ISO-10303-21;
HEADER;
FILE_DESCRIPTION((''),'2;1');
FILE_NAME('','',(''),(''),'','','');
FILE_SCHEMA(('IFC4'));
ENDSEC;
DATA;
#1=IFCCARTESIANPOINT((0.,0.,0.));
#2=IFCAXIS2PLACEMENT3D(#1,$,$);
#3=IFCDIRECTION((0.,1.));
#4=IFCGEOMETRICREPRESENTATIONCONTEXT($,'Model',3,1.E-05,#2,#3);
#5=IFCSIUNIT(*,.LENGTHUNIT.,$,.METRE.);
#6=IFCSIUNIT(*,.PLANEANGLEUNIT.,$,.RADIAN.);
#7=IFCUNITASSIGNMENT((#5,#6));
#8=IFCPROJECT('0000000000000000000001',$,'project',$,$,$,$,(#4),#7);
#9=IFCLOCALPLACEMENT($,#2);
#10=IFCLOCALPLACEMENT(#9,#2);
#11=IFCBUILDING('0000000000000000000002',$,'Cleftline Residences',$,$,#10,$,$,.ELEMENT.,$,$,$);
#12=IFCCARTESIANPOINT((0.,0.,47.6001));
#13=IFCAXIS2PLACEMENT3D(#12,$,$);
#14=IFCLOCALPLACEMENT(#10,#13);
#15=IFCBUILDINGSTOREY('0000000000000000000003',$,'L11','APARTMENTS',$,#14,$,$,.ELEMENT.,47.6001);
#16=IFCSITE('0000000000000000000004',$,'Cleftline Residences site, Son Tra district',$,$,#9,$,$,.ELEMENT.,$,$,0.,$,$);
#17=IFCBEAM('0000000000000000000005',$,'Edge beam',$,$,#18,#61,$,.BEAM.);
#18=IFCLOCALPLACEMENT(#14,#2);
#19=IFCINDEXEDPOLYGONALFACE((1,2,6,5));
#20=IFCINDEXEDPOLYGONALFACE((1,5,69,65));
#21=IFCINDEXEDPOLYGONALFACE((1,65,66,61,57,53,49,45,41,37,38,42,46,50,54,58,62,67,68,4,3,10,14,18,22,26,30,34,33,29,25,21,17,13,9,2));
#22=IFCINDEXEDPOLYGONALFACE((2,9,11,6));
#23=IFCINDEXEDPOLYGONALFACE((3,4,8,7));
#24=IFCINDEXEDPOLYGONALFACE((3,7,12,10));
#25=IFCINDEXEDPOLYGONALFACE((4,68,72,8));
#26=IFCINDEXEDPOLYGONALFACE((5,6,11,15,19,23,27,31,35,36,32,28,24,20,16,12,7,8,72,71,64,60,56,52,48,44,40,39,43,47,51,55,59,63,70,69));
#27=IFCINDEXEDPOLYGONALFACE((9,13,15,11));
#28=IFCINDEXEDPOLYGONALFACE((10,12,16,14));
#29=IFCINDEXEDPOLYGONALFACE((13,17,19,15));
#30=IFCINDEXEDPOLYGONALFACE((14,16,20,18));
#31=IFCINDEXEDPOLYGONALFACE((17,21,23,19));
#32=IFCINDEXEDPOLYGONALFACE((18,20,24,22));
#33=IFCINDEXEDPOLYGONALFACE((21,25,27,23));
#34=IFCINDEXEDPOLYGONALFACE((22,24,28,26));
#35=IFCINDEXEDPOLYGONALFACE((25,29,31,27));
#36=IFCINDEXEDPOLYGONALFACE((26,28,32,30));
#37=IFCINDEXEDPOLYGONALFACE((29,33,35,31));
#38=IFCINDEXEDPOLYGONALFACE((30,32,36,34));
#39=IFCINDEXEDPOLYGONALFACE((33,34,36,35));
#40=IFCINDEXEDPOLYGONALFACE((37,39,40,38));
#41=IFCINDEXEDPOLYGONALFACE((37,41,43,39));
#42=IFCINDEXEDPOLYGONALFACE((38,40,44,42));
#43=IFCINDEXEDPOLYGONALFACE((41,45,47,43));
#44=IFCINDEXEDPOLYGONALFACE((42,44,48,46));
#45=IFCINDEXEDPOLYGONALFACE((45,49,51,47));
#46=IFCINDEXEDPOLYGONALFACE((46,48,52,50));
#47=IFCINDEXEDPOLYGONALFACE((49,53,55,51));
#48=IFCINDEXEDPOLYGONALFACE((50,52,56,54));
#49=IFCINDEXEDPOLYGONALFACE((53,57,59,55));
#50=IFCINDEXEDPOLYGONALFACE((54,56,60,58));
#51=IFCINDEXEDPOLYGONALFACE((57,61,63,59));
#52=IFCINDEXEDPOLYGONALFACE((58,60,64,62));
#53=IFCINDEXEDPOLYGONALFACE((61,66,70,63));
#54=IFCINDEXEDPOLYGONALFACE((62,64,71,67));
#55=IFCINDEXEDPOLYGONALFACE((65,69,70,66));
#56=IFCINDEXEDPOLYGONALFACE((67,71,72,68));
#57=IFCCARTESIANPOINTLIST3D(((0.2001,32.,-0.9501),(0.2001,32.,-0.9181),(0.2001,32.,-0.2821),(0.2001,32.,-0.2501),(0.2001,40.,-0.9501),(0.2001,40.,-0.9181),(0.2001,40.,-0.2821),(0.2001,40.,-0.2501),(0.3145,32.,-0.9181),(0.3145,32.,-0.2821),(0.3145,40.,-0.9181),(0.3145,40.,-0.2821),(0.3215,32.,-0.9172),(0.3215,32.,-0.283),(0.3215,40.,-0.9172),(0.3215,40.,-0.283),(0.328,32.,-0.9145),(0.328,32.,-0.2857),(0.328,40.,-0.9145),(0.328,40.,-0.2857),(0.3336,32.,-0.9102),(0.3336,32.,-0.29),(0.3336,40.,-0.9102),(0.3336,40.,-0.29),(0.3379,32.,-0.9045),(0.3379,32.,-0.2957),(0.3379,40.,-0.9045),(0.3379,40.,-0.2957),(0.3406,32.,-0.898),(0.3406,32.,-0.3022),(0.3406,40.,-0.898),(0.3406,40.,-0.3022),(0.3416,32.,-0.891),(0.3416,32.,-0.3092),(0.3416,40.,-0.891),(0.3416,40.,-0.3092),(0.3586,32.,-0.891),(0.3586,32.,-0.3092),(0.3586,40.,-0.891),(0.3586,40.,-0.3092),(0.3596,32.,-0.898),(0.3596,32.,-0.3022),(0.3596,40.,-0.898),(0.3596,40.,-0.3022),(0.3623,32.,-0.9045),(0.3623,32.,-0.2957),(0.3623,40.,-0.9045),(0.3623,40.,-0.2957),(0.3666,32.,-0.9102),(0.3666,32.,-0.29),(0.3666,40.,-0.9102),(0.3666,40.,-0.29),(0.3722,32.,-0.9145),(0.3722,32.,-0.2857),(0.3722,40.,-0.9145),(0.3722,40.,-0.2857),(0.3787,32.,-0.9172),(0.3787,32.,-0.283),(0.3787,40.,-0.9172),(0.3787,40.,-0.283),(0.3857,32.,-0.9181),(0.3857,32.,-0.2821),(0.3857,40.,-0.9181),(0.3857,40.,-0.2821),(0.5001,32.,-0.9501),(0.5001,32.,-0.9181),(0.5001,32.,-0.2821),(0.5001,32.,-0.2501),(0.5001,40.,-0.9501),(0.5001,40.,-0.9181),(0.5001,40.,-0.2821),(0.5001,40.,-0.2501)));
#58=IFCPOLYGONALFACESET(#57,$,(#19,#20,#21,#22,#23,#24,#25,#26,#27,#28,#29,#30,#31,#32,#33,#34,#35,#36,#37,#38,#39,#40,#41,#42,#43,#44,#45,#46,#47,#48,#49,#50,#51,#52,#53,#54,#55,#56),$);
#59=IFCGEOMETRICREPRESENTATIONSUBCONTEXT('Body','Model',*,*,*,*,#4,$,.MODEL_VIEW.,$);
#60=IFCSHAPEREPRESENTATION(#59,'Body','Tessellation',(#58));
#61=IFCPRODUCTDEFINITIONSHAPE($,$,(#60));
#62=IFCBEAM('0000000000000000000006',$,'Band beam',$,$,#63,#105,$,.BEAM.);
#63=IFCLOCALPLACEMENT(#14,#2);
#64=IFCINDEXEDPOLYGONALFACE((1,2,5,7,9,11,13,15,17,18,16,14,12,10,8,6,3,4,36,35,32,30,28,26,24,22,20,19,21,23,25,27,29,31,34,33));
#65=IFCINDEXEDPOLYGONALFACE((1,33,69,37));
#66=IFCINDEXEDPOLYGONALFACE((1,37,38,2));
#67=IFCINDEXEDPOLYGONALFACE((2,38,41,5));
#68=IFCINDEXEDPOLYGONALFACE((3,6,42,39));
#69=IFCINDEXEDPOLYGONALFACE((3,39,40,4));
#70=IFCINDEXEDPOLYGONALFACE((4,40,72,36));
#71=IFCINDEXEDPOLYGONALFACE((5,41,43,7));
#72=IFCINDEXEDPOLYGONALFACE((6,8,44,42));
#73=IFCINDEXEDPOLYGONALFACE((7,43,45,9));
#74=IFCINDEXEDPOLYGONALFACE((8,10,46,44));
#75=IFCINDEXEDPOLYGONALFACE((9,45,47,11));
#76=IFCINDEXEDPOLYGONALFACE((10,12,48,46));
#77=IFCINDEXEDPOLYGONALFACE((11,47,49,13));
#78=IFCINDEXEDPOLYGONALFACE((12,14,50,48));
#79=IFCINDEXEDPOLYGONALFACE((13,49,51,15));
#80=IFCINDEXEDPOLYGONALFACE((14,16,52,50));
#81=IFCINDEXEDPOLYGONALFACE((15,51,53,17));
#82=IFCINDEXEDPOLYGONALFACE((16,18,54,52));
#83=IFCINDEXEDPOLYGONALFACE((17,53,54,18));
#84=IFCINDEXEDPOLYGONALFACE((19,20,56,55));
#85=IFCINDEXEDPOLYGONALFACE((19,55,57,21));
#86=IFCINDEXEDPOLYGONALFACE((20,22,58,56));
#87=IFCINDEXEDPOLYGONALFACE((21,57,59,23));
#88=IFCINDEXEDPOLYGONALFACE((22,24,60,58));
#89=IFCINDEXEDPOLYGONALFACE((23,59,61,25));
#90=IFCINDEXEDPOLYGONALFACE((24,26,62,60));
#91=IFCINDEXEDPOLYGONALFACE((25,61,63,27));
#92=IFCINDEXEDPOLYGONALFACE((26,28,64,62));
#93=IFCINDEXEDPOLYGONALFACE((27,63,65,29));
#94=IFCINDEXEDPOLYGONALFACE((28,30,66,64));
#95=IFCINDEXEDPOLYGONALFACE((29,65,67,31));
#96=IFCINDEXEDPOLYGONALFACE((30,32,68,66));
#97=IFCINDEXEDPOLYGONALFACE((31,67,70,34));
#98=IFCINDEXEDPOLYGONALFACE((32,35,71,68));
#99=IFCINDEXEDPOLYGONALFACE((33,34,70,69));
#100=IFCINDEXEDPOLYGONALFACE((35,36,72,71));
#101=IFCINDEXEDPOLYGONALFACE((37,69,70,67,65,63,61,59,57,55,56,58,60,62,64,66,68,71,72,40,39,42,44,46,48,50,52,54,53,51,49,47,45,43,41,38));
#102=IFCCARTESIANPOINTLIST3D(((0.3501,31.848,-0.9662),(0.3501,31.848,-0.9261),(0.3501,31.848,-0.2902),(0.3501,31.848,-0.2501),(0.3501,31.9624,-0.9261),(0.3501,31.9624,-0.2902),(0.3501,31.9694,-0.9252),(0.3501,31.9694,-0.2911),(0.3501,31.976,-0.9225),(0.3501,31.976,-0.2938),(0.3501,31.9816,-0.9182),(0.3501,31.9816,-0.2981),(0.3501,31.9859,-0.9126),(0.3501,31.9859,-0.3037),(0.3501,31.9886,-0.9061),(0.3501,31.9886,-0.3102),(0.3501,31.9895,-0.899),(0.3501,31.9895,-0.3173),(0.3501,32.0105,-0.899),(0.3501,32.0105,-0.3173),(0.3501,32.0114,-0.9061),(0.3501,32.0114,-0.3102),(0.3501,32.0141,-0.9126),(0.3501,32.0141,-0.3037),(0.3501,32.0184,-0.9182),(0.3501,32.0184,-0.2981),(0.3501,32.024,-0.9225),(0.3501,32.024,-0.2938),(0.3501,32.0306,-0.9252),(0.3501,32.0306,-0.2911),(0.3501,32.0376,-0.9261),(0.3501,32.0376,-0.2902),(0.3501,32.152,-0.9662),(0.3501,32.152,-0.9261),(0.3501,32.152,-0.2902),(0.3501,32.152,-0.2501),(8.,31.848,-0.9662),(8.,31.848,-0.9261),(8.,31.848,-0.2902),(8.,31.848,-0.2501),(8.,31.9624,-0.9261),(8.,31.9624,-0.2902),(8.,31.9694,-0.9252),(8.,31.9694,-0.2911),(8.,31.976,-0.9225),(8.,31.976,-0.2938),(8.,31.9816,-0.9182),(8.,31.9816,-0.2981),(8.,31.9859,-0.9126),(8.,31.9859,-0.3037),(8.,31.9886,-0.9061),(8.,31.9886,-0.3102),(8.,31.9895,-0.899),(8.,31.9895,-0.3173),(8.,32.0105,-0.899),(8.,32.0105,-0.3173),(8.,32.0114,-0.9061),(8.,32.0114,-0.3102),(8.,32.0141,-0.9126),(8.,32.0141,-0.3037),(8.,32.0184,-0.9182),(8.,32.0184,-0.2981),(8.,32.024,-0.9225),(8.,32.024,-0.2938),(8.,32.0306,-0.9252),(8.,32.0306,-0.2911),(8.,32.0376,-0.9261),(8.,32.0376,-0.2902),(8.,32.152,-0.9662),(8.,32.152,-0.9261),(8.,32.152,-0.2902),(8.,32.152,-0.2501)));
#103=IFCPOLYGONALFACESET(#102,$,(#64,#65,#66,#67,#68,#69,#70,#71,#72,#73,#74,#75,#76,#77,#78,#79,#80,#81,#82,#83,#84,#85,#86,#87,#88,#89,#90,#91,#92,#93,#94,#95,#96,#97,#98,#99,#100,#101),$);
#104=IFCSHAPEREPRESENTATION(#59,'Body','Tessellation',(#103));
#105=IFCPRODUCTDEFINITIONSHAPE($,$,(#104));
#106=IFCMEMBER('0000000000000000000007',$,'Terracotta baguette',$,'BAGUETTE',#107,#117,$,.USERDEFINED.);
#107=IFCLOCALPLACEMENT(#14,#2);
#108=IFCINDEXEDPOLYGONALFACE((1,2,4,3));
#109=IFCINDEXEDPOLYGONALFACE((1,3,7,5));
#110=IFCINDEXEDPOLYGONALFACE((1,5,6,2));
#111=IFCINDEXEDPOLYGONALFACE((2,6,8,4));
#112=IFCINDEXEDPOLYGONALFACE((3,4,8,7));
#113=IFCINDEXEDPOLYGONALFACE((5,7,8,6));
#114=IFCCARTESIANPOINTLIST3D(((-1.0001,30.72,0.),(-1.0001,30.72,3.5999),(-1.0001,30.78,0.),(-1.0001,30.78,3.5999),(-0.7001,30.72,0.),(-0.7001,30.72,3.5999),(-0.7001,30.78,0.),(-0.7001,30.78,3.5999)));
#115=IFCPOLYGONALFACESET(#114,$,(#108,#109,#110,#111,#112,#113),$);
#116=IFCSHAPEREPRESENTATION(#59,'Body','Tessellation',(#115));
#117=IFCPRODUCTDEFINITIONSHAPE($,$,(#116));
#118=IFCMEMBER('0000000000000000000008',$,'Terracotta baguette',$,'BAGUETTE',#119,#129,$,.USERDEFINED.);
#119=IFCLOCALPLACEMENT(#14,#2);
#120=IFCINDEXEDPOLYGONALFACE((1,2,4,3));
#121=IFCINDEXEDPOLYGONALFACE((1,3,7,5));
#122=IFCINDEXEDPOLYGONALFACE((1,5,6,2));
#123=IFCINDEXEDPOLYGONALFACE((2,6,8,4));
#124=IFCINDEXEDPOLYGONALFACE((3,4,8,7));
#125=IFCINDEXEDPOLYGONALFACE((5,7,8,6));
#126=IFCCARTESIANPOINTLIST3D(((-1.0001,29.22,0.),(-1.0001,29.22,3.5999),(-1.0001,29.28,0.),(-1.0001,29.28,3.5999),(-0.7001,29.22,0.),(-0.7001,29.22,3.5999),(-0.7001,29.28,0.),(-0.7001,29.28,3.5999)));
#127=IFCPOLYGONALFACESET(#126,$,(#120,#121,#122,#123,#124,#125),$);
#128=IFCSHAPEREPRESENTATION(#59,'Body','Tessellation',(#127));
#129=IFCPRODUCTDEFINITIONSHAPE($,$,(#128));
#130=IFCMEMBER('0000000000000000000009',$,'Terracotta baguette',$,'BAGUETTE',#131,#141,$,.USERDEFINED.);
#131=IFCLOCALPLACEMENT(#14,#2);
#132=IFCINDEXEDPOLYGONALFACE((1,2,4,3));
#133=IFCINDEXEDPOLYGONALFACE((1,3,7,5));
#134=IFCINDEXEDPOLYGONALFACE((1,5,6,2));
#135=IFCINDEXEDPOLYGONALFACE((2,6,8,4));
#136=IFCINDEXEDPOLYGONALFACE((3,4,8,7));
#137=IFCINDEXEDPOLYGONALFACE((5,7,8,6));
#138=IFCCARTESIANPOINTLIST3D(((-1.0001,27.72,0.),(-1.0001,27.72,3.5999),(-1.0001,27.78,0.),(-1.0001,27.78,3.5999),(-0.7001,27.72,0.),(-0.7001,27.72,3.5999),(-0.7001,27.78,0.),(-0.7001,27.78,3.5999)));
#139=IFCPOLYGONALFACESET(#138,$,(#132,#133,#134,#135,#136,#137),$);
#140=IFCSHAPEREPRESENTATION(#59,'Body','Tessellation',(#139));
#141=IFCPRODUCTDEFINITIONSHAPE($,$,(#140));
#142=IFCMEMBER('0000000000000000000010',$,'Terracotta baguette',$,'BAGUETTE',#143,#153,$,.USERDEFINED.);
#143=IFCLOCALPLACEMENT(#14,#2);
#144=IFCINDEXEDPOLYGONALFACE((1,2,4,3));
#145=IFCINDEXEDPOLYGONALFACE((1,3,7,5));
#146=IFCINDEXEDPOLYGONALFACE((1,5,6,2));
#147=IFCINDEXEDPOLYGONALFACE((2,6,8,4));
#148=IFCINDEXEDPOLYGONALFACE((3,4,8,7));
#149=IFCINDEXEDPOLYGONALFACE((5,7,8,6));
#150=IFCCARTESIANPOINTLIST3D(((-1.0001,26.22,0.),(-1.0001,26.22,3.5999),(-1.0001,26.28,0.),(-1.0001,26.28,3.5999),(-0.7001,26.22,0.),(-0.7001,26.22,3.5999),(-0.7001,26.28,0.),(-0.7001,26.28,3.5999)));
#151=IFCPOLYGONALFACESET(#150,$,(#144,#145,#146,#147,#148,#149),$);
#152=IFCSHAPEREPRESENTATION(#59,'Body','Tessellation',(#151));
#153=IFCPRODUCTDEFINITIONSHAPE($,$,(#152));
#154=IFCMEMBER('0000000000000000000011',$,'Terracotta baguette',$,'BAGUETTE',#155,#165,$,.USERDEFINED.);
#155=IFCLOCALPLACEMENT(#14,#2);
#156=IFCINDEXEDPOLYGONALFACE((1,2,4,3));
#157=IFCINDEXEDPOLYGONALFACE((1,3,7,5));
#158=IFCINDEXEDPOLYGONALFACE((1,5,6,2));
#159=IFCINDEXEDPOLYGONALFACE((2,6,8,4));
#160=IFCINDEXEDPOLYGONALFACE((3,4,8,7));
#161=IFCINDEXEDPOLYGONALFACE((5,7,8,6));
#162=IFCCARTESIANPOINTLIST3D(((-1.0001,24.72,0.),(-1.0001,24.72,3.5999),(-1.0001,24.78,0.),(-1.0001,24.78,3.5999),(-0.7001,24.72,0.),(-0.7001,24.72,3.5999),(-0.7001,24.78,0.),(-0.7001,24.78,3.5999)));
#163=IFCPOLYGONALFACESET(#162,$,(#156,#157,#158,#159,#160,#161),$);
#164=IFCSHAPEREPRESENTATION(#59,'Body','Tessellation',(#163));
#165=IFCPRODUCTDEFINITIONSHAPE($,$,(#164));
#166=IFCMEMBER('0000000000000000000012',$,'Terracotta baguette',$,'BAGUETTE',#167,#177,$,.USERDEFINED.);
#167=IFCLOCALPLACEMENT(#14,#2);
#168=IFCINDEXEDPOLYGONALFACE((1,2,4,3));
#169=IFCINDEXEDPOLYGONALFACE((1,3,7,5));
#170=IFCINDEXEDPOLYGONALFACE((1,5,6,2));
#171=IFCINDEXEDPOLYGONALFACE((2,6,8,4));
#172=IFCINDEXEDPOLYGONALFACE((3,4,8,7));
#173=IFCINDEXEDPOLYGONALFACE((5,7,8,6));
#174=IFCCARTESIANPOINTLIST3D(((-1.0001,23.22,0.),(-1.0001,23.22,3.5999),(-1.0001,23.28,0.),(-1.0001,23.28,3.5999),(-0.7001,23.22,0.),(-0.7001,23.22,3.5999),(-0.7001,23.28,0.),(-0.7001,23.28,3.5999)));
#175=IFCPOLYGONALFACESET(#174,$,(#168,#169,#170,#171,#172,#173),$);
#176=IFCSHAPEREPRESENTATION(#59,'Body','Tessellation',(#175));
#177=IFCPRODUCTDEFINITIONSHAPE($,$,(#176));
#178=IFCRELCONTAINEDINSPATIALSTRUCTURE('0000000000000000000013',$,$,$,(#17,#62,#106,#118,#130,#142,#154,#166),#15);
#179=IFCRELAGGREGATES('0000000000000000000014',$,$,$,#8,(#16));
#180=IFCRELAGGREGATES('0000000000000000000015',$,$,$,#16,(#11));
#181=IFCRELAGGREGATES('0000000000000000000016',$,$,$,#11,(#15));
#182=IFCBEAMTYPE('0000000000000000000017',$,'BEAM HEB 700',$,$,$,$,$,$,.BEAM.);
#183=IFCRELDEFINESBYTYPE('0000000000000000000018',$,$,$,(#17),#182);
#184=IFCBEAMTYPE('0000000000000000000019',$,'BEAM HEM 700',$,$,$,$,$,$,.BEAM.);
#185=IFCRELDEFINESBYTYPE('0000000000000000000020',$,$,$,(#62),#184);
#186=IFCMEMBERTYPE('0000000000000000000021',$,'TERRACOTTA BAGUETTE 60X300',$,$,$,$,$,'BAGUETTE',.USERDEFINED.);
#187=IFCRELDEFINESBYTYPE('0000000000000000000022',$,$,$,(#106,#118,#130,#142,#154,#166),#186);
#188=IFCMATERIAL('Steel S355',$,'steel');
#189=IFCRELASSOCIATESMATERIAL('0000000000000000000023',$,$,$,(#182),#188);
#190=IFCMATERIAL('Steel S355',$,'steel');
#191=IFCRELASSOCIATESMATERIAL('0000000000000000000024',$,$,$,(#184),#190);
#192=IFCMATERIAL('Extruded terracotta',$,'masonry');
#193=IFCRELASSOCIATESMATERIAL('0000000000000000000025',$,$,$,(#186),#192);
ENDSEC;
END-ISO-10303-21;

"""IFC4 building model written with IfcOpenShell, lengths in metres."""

from ifc_helpers import new_model, si_unit, direction, frame, origin, origin_2d, place, context, subcontext, project, spatial, rectangle, i_section, extrude, material, material_profile, profile_set, type_object, element, save


model = new_model("IFC4")

# Units and contexts
model_context = context("Model", 3, precision=1e-05, world=origin(), true_north=direction((0.0, 1.0)))
body_context = subcontext(model_context, "Body", "Model", "MODEL_VIEW")
ifc_project = project(units=[si_unit("LENGTHUNIT", "METRE"), si_unit("PLANEANGLEUNIT", "RADIAN")], contexts=[model_context])

# Site, building, storey
site_placement = place(None, origin())
site = spatial("IfcSite", under=ifc_project, at=site_placement, Name="Cleftline Residences site, Son Tra district", CompositionType="ELEMENT", RefElevation=0.0)
building_placement = place(site_placement, origin())
building = spatial("IfcBuilding", under=site, at=building_placement, Name="Cleftline Residences", CompositionType="ELEMENT")
storey_placement = place(building_placement, frame((0.0, 0.0, 47.6001)))
storey = spatial("IfcBuildingStorey", under=building, at=storey_placement, Name="L11", Description="APARTMENTS", CompositionType="ELEMENT", Elevation=47.6001)

# Beams
ifc_material_1 = material(Name="Steel S355", Category="steel")
ifc_material_profile_1 = material_profile(ifc_material_1, i_section(OverallWidth=0.3, OverallDepth=0.7, WebThickness=0.0171, FlangeThickness=0.032, FilletRadius=0.0271, at=origin_2d()))
ifc_profile_set_1 = profile_set([ifc_material_profile_1], Name="Steel S355")
beam_type_1 = type_object("IfcBeamType", Name="BEAM HEB 700", PredefinedType="BEAM", material=ifc_profile_set_1)
for number, where, z_axis, x_axis, name in (
    (1, (0.3501, 32.0, -0.6001), (0.0, 1.0, 0.0), (-1.0, 0.0, 0.0), "Edge beam"),
):
    element("IfcBeam", number, at=place(storey_placement, frame(where, z_axis=z_axis, x_axis=x_axis)), inside=storey, type_object=beam_type_1, Name=name, PredefinedType="BEAM", context=body_context, shape_type="SweptSolid", body=[
        extrude(i_section(OverallWidth=0.3, OverallDepth=0.7, WebThickness=0.0171, FlangeThickness=0.032, FilletRadius=0.0271, at=origin_2d()), origin(), (0.0, 0.0, 1.0), 8.0),
    ])
ifc_material_2 = material(Name="Steel S355", Category="steel")
ifc_material_profile_2 = material_profile(ifc_material_2, i_section(OverallWidth=0.304, OverallDepth=0.7161, WebThickness=0.021, FlangeThickness=0.04, FilletRadius=0.0271, at=origin_2d()))
ifc_profile_set_2 = profile_set([ifc_material_profile_2], Name="Steel S355")
beam_type_2 = type_object("IfcBeamType", Name="BEAM HEM 700", PredefinedType="BEAM", material=ifc_profile_set_2)
beam_placement = place(storey_placement, frame((0.3501, 32.0, -0.6082), z_axis=(1.0, 0.0, 0.0), x_axis=(0.0, 1.0, 0.0)))
element("IfcBeam", 2, at=beam_placement, inside=storey, type_object=beam_type_2, Name="Band beam", PredefinedType="BEAM", context=body_context, shape_type="SweptSolid", body=[
    extrude(i_section(OverallWidth=0.304, OverallDepth=0.7161, WebThickness=0.021, FlangeThickness=0.04, FilletRadius=0.0271, at=origin_2d()), origin(), (0.0, 0.0, 1.0), 7.6499),
])

# Members
ifc_material_3 = material(Name="Extruded terracotta", Category="masonry")
ifc_material_profile_3 = material_profile(ifc_material_3, rectangle(XDim=0.0601, YDim=0.3, at=origin_2d()))
ifc_profile_set_3 = profile_set([ifc_material_profile_3], Name="Extruded terracotta")
member_type_1 = type_object("IfcMemberType", Name="TERRACOTTA BAGUETTE 60X300", ElementType="BAGUETTE", PredefinedType="USERDEFINED", material=ifc_profile_set_3)
for number, where, z_axis, x_axis, name in (
    (3, (-0.8501, 30.75, 0.0), (0.0, 0.0, 1.0), (0.0, 1.0, 0.0), "Terracotta baguette"),
    (4, (-0.8501, 29.25, 0.0), (0.0, 0.0, 1.0), (0.0, 1.0, 0.0), "Terracotta baguette"),
    (5, (-0.8501, 27.75, 0.0), (0.0, 0.0, 1.0), (0.0, 1.0, 0.0), "Terracotta baguette"),
    (6, (-0.8501, 26.25, 0.0), (0.0, 0.0, 1.0), (0.0, 1.0, 0.0), "Terracotta baguette"),
    (7, (-0.8501, 24.75, 0.0), (0.0, 0.0, 1.0), (0.0, 1.0, 0.0), "Terracotta baguette"),
    (8, (-0.8501, 23.25, 0.0), (0.0, 0.0, 1.0), (0.0, 1.0, 0.0), "Terracotta baguette"),
):
    element("IfcMember", number, at=place(storey_placement, frame(where, z_axis=z_axis, x_axis=x_axis)), inside=storey, type_object=member_type_1, Name=name, ObjectType="BAGUETTE", PredefinedType="USERDEFINED", context=body_context, shape_type="SweptSolid", body=[
        extrude(rectangle(XDim=0.0601, YDim=0.3, at=origin_2d()), origin(), (0.0, 0.0, 1.0), 3.5999),
    ])

save(model, "model.ifc")
